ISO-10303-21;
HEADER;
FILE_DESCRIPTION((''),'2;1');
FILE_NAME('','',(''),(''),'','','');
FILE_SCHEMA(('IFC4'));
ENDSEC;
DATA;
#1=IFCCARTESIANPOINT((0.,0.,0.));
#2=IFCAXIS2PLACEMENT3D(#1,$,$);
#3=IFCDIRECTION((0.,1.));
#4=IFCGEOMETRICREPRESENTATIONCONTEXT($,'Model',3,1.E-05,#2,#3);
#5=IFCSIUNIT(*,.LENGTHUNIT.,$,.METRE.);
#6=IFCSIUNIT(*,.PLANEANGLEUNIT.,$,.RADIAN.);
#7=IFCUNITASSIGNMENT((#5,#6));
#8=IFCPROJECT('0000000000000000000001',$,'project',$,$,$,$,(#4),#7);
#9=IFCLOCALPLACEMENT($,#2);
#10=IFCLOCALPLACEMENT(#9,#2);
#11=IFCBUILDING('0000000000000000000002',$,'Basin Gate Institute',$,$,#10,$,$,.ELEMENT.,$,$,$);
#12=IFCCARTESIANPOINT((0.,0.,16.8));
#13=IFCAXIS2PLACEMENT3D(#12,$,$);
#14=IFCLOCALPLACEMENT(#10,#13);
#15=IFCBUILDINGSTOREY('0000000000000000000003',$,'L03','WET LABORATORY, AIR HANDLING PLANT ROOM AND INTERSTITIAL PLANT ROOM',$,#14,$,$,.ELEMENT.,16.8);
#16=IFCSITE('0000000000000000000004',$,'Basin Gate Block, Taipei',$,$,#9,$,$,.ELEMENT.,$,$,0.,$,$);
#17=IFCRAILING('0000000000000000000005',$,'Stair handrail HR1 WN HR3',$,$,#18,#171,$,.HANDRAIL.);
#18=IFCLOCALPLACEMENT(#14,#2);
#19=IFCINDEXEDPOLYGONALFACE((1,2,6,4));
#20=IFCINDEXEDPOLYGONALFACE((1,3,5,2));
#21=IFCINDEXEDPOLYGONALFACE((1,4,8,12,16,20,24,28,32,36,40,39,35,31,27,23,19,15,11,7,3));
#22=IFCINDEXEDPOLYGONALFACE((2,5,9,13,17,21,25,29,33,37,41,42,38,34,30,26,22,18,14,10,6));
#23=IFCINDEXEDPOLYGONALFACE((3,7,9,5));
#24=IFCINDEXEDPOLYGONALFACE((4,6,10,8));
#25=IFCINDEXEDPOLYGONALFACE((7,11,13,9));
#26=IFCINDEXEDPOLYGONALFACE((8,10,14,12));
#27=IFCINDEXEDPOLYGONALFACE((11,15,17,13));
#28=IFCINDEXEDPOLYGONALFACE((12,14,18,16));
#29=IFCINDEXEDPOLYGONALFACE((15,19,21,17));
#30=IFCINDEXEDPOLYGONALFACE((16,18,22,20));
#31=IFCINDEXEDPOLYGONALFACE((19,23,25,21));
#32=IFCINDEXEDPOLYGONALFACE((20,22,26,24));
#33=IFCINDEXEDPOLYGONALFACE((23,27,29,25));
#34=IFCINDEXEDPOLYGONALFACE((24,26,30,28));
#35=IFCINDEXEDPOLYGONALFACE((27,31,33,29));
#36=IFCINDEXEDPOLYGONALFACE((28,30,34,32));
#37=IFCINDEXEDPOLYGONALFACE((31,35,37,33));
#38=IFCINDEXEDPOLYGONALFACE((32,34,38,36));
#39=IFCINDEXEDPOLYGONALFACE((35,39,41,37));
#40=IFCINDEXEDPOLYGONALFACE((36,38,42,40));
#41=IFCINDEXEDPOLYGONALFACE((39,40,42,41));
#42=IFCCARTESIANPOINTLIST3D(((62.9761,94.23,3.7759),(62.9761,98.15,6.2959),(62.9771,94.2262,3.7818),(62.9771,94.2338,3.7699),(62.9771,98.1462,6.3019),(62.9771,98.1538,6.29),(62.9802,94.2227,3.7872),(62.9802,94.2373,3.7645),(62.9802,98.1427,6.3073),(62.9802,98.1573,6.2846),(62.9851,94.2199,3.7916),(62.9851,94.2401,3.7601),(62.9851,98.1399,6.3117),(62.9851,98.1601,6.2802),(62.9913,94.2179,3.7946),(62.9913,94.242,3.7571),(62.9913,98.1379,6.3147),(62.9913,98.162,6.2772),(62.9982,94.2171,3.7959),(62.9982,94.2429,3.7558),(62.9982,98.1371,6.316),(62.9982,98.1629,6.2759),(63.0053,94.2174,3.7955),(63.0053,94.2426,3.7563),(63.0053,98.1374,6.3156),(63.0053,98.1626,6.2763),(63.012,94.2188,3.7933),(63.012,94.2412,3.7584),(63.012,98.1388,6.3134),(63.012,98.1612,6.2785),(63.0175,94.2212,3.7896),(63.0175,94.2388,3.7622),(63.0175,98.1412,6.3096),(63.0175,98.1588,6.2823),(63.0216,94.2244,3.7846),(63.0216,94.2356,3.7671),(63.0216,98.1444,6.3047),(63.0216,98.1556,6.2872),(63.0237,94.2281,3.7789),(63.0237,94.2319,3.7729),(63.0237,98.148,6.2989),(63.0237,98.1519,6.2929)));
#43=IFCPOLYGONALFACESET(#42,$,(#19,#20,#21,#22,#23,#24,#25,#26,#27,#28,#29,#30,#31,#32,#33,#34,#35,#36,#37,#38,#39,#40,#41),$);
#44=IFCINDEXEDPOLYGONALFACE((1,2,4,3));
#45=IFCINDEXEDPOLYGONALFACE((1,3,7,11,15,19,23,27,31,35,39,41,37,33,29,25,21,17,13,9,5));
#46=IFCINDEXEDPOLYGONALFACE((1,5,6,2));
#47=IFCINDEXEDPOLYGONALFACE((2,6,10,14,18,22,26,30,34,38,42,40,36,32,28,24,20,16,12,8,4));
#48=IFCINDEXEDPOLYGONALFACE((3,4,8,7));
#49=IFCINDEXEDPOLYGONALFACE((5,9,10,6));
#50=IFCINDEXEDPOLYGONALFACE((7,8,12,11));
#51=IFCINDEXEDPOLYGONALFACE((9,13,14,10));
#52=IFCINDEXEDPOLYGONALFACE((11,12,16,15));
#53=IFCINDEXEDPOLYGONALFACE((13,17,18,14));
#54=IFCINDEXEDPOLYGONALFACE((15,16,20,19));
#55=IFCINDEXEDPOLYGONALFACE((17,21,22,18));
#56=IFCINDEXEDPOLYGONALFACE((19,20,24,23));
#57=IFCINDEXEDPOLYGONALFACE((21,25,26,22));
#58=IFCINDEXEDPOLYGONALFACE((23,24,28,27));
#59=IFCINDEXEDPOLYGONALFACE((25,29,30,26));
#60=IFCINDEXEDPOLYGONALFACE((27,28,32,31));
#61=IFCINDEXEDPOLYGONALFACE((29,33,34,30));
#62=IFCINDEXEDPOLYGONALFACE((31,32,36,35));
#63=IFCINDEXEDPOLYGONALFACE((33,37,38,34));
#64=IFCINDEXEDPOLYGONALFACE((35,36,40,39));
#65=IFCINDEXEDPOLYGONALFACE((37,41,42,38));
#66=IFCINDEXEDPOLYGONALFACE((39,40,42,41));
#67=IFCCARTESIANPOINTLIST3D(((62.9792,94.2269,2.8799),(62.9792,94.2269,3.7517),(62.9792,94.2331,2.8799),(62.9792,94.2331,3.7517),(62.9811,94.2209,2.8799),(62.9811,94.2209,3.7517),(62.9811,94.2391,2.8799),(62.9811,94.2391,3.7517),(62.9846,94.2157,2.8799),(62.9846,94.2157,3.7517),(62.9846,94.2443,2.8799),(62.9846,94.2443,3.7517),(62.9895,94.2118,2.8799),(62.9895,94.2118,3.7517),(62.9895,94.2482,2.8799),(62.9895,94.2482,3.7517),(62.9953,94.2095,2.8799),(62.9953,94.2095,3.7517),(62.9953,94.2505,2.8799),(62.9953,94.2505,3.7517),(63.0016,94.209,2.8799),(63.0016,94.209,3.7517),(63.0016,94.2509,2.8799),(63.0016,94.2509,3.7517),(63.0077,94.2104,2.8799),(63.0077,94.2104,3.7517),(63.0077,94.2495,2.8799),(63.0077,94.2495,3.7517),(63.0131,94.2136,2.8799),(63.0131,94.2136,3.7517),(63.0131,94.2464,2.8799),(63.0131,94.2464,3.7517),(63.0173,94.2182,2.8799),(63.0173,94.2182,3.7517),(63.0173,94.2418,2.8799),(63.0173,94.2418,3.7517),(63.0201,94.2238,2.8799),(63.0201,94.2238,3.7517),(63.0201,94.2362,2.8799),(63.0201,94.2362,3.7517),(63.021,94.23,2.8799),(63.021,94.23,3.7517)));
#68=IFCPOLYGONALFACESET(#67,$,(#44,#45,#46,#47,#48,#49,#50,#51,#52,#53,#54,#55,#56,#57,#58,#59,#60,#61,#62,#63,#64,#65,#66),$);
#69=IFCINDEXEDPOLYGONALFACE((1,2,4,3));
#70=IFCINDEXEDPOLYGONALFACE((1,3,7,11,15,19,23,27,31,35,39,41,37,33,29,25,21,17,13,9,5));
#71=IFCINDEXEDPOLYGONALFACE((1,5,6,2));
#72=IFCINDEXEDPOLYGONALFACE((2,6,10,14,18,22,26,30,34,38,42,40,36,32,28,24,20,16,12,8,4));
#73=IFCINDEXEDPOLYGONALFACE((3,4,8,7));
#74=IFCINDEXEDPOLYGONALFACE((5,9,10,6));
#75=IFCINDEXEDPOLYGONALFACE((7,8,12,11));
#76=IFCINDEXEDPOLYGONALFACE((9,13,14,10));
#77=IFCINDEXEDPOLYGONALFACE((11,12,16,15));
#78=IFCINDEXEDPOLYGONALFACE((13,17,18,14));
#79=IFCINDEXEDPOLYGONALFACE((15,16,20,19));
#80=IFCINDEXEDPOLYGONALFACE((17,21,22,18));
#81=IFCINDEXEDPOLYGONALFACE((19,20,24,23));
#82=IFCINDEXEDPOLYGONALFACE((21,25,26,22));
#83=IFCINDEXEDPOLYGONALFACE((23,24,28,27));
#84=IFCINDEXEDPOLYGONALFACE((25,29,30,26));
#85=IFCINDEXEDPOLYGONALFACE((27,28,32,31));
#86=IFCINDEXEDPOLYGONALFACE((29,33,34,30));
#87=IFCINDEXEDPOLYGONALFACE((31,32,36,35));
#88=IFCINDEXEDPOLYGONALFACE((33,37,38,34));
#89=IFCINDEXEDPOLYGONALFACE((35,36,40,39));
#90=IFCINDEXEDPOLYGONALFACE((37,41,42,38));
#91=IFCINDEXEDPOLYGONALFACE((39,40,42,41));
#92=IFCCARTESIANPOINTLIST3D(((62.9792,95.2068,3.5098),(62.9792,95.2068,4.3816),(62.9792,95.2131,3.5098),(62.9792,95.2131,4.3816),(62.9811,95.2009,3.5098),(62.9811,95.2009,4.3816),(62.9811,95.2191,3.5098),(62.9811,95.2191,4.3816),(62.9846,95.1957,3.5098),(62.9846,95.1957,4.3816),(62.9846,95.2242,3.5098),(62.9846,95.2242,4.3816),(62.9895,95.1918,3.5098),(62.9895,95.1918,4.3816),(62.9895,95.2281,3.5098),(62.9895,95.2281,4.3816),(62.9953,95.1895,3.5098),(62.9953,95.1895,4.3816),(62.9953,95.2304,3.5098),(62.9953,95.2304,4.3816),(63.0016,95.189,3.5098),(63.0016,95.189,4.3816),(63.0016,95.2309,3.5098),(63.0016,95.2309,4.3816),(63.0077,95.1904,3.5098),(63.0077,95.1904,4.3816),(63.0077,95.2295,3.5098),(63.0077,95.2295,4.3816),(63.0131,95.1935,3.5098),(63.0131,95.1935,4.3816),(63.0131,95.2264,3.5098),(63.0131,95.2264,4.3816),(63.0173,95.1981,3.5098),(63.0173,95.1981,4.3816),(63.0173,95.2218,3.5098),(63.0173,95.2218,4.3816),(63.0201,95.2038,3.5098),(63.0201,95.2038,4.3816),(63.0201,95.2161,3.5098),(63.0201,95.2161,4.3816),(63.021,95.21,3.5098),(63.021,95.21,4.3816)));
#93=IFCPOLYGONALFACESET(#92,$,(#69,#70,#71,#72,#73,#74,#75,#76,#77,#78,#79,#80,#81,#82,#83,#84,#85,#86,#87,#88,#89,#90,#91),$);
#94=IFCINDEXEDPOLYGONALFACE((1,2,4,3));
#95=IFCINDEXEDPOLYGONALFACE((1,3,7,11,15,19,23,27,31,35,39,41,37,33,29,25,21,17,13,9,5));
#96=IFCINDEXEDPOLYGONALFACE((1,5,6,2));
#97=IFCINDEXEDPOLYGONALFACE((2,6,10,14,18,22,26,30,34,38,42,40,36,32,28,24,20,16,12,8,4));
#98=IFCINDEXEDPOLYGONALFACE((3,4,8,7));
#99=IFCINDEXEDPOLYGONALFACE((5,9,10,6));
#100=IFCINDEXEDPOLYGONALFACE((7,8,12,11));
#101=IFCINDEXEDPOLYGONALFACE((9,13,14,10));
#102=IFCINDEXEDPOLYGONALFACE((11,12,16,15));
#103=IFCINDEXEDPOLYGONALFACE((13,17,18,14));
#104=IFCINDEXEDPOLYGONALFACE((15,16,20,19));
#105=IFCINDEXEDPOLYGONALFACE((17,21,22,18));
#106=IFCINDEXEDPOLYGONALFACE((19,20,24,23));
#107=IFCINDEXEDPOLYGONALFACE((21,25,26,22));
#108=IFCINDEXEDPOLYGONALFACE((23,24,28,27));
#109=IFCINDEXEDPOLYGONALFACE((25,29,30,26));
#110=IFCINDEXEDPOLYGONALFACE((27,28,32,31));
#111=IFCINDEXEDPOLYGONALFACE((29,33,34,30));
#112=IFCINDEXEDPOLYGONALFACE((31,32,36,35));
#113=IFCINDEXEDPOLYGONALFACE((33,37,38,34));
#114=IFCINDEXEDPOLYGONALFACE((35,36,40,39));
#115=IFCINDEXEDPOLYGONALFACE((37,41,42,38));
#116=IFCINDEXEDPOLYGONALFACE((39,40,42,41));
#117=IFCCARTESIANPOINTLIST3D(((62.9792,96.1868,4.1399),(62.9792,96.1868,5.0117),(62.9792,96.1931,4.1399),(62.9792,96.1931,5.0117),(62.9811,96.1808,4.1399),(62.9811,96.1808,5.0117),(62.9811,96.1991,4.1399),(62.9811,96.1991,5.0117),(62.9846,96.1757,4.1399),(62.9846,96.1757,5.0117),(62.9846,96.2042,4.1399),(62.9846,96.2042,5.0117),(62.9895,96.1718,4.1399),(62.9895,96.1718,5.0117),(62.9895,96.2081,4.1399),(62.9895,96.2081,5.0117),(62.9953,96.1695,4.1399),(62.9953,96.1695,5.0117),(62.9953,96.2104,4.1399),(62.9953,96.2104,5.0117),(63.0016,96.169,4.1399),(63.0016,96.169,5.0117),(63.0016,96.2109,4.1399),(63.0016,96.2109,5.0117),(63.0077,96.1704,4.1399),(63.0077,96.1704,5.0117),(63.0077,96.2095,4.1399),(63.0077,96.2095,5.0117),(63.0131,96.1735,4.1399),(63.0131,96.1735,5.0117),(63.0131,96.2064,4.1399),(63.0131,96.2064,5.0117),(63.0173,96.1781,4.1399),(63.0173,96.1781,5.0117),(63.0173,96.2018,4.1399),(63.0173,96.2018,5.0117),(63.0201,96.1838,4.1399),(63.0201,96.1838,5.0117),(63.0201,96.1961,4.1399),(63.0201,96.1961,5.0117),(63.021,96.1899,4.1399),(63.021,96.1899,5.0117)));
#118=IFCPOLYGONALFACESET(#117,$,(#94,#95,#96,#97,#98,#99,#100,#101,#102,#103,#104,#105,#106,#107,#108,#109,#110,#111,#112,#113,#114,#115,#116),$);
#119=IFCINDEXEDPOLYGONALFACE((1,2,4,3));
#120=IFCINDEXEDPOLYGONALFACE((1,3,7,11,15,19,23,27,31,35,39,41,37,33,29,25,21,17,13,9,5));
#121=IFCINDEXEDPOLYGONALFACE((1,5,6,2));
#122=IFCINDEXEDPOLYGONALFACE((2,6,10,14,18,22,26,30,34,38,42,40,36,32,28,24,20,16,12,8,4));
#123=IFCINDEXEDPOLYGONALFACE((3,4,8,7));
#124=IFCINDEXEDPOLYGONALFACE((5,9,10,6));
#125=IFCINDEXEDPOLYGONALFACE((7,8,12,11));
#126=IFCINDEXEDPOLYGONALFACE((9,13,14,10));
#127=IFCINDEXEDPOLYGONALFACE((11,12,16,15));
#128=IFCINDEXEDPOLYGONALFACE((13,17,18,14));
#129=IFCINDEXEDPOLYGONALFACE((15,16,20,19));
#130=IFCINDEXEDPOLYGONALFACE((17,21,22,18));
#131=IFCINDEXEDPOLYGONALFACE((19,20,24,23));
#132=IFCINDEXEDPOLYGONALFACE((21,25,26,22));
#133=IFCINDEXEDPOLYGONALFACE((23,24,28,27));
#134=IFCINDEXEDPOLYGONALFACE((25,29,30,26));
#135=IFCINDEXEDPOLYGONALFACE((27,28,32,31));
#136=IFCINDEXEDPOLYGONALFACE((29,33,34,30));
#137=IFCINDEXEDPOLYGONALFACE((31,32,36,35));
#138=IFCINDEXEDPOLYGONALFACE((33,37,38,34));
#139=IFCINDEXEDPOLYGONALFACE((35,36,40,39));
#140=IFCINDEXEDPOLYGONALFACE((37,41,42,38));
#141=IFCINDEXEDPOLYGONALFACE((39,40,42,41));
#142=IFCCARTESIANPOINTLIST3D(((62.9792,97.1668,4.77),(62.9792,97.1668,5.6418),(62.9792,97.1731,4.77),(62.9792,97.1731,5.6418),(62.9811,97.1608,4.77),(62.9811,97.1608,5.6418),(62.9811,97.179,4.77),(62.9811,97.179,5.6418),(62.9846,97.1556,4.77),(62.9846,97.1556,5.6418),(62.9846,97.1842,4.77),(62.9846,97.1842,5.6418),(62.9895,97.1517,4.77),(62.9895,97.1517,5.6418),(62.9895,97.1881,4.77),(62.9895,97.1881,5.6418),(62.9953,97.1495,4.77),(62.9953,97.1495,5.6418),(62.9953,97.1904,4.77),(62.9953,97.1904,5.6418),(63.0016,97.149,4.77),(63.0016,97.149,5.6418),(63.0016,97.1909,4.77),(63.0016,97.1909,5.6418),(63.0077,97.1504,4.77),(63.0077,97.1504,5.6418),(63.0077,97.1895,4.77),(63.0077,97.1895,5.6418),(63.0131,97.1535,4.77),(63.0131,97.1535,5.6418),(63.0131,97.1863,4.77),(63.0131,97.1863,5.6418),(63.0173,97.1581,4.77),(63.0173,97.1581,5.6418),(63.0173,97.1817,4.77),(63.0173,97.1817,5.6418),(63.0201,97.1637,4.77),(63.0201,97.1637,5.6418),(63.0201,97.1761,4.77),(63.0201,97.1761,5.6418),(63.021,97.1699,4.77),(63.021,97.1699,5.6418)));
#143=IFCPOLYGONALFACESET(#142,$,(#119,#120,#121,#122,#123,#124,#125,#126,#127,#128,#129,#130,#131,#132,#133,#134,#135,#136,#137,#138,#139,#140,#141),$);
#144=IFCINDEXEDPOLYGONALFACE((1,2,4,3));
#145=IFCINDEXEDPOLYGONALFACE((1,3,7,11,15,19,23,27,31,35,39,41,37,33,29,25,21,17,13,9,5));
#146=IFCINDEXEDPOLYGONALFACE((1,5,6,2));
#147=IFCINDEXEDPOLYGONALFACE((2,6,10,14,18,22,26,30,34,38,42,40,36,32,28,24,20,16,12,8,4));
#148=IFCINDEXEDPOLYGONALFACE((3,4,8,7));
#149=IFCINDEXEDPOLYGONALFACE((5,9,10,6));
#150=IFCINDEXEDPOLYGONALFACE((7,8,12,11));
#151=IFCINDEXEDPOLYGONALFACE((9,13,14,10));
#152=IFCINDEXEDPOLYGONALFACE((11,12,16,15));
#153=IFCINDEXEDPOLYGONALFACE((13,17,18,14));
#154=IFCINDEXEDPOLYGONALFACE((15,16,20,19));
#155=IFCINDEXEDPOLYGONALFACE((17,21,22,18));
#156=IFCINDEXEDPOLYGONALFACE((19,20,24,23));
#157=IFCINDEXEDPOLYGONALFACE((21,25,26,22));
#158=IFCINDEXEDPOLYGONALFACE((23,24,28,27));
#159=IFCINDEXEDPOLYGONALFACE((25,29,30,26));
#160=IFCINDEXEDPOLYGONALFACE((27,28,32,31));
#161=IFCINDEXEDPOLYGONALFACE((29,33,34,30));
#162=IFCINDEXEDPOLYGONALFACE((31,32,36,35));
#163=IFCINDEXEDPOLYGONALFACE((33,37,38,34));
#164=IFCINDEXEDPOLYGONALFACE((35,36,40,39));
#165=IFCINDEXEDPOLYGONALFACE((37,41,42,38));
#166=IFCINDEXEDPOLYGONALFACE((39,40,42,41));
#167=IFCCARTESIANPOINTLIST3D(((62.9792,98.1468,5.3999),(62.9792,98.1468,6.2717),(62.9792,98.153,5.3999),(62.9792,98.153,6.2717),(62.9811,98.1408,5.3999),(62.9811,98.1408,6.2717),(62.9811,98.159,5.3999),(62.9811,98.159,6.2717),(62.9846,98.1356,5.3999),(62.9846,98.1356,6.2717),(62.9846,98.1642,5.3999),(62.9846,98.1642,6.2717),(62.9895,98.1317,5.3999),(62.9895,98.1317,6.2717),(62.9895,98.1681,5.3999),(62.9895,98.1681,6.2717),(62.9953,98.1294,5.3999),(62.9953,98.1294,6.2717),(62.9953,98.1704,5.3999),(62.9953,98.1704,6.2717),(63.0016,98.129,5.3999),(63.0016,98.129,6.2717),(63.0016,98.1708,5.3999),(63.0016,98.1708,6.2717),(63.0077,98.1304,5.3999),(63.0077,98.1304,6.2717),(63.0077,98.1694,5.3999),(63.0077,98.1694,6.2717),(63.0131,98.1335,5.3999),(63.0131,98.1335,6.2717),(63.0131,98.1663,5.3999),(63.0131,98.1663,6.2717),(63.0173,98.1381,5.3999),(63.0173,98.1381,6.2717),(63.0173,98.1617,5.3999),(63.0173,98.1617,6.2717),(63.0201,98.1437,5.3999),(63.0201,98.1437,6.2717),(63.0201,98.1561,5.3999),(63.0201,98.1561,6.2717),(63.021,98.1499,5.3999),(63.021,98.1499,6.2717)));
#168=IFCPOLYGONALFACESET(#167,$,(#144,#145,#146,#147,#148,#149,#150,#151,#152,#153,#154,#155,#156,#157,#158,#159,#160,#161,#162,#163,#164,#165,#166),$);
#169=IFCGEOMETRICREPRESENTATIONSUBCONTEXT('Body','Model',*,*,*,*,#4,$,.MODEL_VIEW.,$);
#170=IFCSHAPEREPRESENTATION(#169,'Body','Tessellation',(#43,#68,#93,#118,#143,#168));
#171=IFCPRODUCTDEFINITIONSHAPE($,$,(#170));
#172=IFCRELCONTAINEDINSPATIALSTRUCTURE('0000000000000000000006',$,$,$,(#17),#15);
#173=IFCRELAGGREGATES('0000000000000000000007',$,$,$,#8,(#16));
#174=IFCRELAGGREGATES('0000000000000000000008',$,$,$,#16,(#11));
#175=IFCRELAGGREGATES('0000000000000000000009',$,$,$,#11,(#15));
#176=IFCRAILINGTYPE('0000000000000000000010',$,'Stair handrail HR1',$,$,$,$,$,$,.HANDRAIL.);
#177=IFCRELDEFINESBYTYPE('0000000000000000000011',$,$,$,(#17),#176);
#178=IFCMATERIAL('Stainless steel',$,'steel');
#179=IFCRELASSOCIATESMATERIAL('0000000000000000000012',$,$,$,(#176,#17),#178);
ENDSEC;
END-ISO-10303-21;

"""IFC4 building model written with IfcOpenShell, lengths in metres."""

from ifc_helpers import new_model, si_unit, direction, frame, origin, origin_2d, place, context, subcontext, project, spatial, circle, extrude, material, type_object, element, save


model = new_model("IFC4")

# Units and contexts
model_context = context("Model", 3, precision=1e-05, world=origin(), true_north=direction((0.0, 1.0)))
body_context = subcontext(model_context, "Body", "Model", "MODEL_VIEW")
ifc_project = project(units=[si_unit("LENGTHUNIT", "METRE"), si_unit("PLANEANGLEUNIT", "RADIAN")], contexts=[model_context])

# Site, building, storey
site_placement = place(None, origin())
site = spatial("IfcSite", under=ifc_project, at=site_placement, Name="Basin Gate Block, Taipei", CompositionType="ELEMENT", RefElevation=0.0)
building_placement = place(site_placement, origin())
building = spatial("IfcBuilding", under=site, at=building_placement, Name="Basin Gate Institute", CompositionType="ELEMENT")
storey_placement = place(building_placement, frame((0.0, 0.0, 16.8)))
storey = spatial("IfcBuildingStorey", under=building, at=storey_placement, Name="L03", Description="WET LABORATORY, AIR HANDLING PLANT ROOM AND INTERSTITIAL PLANT ROOM", CompositionType="ELEMENT", Elevation=16.8)

# Railing
ifc_material_1 = material(Name="Stainless steel", Category="steel")
railing_type_1 = type_object("IfcRailingType", Name="Stair handrail HR1", PredefinedType="HANDRAIL", material=ifc_material_1)
railing_1_placement = place(storey_placement, frame((63.0, 94.23, 2.8799)))
element("IfcRailing", 1, at=railing_1_placement, inside=storey, type_object=railing_type_1, material=ifc_material_1, Name="Stair handrail HR1 WN HR3", PredefinedType="HANDRAIL", context=body_context, shape_type="SweptSolid", body=[
    extrude(circle(Radius=0.0239, at=origin_2d()), frame((0.0, 0.0, 0.896), z_axis=(0.0, 0.841172, 0.540768), x_axis=(-1.0, 0.0, 0.0)), (0.0, 0.0, 1.0), 4.6602),
    extrude(circle(Radius=0.021, at=origin_2d()), origin(), (0.0, 0.0, 1.0), 0.8718),
    extrude(circle(Radius=0.021, at=origin_2d()), frame((0.0, 0.98, 0.6299)), (0.0, 0.0, 1.0), 0.8718),
    extrude(circle(Radius=0.021, at=origin_2d()), frame((0.0, 1.96, 1.26)), (0.0, 0.0, 1.0), 0.8718),
    extrude(circle(Radius=0.021, at=origin_2d()), frame((0.0, 2.9399, 1.8901)), (0.0, 0.0, 1.0), 0.8718),
    extrude(circle(Radius=0.021, at=origin_2d()), frame((0.0, 3.9199, 2.52)), (0.0, 0.0, 1.0), 0.8718),
])

save(model, "model.ifc")
